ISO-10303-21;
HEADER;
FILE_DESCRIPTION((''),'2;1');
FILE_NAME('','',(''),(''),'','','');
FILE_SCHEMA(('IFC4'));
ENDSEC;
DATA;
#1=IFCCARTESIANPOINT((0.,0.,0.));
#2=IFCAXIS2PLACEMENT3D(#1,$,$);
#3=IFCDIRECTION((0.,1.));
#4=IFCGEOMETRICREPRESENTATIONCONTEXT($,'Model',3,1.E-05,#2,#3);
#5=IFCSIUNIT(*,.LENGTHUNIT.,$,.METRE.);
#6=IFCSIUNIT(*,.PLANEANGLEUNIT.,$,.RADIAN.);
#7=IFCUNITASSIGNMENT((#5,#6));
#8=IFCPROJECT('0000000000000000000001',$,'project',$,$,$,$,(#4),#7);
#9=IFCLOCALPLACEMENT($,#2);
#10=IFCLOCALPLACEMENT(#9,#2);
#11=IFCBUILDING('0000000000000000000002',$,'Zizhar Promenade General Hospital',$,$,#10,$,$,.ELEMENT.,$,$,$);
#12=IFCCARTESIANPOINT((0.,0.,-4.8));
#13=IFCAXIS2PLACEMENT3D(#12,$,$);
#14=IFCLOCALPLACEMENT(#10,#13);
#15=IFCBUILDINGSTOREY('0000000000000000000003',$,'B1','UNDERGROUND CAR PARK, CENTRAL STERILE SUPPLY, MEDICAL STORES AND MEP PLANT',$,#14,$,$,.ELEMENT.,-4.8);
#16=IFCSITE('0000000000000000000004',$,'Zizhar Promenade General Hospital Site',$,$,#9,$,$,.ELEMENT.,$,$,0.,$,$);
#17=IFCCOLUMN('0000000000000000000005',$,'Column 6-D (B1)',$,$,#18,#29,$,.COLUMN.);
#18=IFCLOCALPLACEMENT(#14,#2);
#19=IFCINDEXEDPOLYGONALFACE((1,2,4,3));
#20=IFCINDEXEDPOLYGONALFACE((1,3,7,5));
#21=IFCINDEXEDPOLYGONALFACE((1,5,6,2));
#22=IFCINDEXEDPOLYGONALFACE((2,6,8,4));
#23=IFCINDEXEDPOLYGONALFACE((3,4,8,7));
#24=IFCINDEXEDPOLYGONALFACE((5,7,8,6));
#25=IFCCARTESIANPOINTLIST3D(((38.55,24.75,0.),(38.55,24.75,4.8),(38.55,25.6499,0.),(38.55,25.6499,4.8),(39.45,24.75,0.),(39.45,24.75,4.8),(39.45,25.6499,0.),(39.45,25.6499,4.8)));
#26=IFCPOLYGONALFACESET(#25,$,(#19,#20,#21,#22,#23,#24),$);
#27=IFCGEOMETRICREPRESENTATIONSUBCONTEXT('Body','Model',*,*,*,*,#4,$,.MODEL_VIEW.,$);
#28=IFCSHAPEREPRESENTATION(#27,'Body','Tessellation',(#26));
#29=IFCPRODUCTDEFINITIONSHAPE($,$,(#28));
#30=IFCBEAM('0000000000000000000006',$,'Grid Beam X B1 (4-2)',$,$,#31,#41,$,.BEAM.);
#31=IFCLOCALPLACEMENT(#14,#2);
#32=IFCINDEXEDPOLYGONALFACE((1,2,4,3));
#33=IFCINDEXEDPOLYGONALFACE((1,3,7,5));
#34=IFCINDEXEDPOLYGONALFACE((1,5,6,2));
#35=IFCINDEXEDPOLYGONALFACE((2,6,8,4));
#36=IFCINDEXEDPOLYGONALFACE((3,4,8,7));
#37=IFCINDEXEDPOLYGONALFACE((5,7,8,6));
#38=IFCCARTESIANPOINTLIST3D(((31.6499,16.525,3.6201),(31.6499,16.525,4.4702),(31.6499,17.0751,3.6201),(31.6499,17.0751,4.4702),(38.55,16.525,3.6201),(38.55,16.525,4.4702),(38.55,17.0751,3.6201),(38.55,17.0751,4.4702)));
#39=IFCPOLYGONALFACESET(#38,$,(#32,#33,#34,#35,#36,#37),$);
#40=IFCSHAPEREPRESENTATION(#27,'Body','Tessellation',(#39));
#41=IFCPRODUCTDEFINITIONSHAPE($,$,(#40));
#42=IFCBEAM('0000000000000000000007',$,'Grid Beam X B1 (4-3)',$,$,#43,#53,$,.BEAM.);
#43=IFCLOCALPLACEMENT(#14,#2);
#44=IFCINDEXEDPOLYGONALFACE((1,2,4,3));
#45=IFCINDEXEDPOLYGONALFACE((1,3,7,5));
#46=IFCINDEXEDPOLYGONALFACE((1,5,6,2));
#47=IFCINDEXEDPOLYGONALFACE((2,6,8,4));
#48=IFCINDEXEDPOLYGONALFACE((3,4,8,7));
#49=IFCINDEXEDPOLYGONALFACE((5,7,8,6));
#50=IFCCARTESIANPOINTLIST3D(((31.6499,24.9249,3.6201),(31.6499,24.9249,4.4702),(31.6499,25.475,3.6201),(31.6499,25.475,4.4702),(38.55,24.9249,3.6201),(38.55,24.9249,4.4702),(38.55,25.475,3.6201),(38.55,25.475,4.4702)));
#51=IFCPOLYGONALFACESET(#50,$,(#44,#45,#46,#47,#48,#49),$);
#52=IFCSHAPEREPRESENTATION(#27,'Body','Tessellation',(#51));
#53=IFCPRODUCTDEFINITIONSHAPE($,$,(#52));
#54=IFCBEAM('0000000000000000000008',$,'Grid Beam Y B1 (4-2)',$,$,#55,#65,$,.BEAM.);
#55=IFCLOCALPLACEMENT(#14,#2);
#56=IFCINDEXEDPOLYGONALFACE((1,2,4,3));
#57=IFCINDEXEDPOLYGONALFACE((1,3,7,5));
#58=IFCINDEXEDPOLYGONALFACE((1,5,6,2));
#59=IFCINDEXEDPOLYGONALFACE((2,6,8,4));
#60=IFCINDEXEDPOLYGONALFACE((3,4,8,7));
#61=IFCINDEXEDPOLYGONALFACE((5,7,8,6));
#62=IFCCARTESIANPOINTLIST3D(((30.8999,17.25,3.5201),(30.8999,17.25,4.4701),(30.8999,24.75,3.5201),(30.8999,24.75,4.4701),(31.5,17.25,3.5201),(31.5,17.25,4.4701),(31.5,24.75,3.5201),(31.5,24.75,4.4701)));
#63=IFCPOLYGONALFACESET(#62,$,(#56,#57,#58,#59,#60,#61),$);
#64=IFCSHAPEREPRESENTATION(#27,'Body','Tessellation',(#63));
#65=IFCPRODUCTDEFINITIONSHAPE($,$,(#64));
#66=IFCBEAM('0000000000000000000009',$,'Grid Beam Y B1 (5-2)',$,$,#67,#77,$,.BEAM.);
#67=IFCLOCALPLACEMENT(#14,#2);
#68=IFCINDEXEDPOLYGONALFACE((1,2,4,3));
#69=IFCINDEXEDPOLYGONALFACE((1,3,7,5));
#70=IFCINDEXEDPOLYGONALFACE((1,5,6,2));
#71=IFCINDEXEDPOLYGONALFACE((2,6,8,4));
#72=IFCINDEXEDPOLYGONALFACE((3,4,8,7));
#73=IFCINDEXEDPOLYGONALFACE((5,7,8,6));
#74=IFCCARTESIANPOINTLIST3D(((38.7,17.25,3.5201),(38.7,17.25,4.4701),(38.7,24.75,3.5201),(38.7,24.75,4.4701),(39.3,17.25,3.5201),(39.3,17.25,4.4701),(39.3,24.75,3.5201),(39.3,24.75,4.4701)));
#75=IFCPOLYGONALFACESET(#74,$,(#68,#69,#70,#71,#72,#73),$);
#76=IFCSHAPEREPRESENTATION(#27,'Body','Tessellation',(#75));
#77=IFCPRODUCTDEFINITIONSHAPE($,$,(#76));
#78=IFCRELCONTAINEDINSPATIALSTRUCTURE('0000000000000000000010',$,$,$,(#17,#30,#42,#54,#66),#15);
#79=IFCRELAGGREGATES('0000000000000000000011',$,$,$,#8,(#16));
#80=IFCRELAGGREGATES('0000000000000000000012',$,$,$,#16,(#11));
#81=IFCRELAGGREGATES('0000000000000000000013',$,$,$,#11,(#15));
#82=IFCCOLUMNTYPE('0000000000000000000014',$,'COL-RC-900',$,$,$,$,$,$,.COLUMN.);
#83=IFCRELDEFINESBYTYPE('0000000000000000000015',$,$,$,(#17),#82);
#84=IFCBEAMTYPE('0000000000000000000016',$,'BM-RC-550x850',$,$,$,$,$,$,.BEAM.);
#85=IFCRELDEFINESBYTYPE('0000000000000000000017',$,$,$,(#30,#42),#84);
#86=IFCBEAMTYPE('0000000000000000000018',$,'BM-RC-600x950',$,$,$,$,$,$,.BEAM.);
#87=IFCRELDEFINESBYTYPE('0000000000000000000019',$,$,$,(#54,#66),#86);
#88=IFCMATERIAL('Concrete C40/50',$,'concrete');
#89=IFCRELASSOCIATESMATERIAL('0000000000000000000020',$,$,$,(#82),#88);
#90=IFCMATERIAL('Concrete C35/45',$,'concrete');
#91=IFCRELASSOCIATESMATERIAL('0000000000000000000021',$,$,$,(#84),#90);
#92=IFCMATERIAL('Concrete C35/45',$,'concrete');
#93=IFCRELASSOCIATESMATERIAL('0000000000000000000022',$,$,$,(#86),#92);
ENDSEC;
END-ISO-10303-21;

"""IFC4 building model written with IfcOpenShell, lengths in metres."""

from ifc_helpers import new_model, si_unit, direction, frame, origin, origin_2d, place, context, subcontext, project, spatial, rectangle, extrude, material, material_profile, profile_set, type_object, element, save


model = new_model("IFC4")

# Units and contexts
model_context = context("Model", 3, precision=1e-05, world=origin(), true_north=direction((0.0, 1.0)))
body_context = subcontext(model_context, "Body", "Model", "MODEL_VIEW")
ifc_project = project(units=[si_unit("LENGTHUNIT", "METRE"), si_unit("PLANEANGLEUNIT", "RADIAN")], contexts=[model_context])

# Site, building, storey
site_placement = place(None, origin())
site = spatial("IfcSite", under=ifc_project, at=site_placement, Name="Zizhar Promenade General Hospital Site", CompositionType="ELEMENT", RefElevation=0.0)
building_placement = place(site_placement, origin())
building = spatial("IfcBuilding", under=site, at=building_placement, Name="Zizhar Promenade General Hospital", CompositionType="ELEMENT")
storey_placement = place(building_placement, frame((0.0, 0.0, -4.8)))
storey = spatial("IfcBuildingStorey", under=building, at=storey_placement, Name="B1", Description="UNDERGROUND CAR PARK, CENTRAL STERILE SUPPLY, MEDICAL STORES AND MEP PLANT", CompositionType="ELEMENT", Elevation=-4.8)

# Column
ifc_material_1 = material(Name="Concrete C40/50", Category="concrete")
ifc_material_profile_1 = material_profile(ifc_material_1, rectangle(XDim=0.8999, YDim=0.8999, at=origin_2d()))
ifc_profile_set_1 = profile_set([ifc_material_profile_1], Name="Concrete C40/50")
column_type_1 = type_object("IfcColumnType", Name="COL-RC-900", PredefinedType="COLUMN", material=ifc_profile_set_1)
for number, where, z_axis, x_axis, name in (
    (1, (39.0, 25.2, 0.0), (0.0, 0.0, 1.0), (1.0, 0.0, 0.0), "Column 6-D (B1)"),
):
    element("IfcColumn", number, at=place(storey_placement, frame(where, z_axis=z_axis, x_axis=x_axis)), inside=storey, type_object=column_type_1, Name=name, PredefinedType="COLUMN", context=body_context, shape_type="SweptSolid", body=[
        extrude(rectangle(XDim=0.8999, YDim=0.8999, at=origin_2d()), origin(), (0.0, 0.0, 1.0), 4.8),
    ])

# Beams
ifc_material_2 = material(Name="Concrete C35/45", Category="concrete")
ifc_material_profile_2 = material_profile(ifc_material_2, rectangle(XDim=0.55, YDim=0.8501, at=origin_2d()))
ifc_profile_set_2 = profile_set([ifc_material_profile_2], Name="Concrete C35/45")
beam_type_1 = type_object("IfcBeamType", Name="BM-RC-550x850", PredefinedType="BEAM", material=ifc_profile_set_2)
for number, where, z_axis, x_axis, name in (
    (2, (31.6499, 16.8, 4.0452), (1.0, 0.0, 0.0), (0.0, 1.0, 0.0), "Grid Beam X B1 (4-2)"),
    (3, (31.6499, 25.2, 4.0452), (1.0, 0.0, 0.0), (0.0, 1.0, 0.0), "Grid Beam X B1 (4-3)"),
):
    element("IfcBeam", number, at=place(storey_placement, frame(where, z_axis=z_axis, x_axis=x_axis)), inside=storey, type_object=beam_type_1, Name=name, PredefinedType="BEAM", context=body_context, shape_type="SweptSolid", body=[
        extrude(rectangle(XDim=0.55, YDim=0.8501, at=origin_2d()), origin(), (0.0, 0.0, 1.0), 6.9001),
    ])
ifc_material_3 = material(Name="Concrete C35/45", Category="concrete")
ifc_material_profile_3 = material_profile(ifc_material_3, rectangle(XDim=0.6001, YDim=0.95, at=origin_2d()))
ifc_profile_set_3 = profile_set([ifc_material_profile_3], Name="Concrete C35/45")
beam_type_2 = type_object("IfcBeamType", Name="BM-RC-600x950", PredefinedType="BEAM", material=ifc_profile_set_3)
for number, where, z_axis, x_axis, name in (
    (4, (31.2, 17.25, 3.9951), (0.0, 1.0, 0.0), (-1.0, 0.0, 0.0), "Grid Beam Y B1 (4-2)"),
    (5, (39.0, 17.25, 3.9951), (0.0, 1.0, 0.0), (-1.0, 0.0, 0.0), "Grid Beam Y B1 (5-2)"),
):
    element("IfcBeam", number, at=place(storey_placement, frame(where, z_axis=z_axis, x_axis=x_axis)), inside=storey, type_object=beam_type_2, Name=name, PredefinedType="BEAM", context=body_context, shape_type="SweptSolid", body=[
        extrude(rectangle(XDim=0.6001, YDim=0.95, at=origin_2d()), origin(), (0.0, 0.0, 1.0), 7.5),
    ])

save(model, "model.ifc")
